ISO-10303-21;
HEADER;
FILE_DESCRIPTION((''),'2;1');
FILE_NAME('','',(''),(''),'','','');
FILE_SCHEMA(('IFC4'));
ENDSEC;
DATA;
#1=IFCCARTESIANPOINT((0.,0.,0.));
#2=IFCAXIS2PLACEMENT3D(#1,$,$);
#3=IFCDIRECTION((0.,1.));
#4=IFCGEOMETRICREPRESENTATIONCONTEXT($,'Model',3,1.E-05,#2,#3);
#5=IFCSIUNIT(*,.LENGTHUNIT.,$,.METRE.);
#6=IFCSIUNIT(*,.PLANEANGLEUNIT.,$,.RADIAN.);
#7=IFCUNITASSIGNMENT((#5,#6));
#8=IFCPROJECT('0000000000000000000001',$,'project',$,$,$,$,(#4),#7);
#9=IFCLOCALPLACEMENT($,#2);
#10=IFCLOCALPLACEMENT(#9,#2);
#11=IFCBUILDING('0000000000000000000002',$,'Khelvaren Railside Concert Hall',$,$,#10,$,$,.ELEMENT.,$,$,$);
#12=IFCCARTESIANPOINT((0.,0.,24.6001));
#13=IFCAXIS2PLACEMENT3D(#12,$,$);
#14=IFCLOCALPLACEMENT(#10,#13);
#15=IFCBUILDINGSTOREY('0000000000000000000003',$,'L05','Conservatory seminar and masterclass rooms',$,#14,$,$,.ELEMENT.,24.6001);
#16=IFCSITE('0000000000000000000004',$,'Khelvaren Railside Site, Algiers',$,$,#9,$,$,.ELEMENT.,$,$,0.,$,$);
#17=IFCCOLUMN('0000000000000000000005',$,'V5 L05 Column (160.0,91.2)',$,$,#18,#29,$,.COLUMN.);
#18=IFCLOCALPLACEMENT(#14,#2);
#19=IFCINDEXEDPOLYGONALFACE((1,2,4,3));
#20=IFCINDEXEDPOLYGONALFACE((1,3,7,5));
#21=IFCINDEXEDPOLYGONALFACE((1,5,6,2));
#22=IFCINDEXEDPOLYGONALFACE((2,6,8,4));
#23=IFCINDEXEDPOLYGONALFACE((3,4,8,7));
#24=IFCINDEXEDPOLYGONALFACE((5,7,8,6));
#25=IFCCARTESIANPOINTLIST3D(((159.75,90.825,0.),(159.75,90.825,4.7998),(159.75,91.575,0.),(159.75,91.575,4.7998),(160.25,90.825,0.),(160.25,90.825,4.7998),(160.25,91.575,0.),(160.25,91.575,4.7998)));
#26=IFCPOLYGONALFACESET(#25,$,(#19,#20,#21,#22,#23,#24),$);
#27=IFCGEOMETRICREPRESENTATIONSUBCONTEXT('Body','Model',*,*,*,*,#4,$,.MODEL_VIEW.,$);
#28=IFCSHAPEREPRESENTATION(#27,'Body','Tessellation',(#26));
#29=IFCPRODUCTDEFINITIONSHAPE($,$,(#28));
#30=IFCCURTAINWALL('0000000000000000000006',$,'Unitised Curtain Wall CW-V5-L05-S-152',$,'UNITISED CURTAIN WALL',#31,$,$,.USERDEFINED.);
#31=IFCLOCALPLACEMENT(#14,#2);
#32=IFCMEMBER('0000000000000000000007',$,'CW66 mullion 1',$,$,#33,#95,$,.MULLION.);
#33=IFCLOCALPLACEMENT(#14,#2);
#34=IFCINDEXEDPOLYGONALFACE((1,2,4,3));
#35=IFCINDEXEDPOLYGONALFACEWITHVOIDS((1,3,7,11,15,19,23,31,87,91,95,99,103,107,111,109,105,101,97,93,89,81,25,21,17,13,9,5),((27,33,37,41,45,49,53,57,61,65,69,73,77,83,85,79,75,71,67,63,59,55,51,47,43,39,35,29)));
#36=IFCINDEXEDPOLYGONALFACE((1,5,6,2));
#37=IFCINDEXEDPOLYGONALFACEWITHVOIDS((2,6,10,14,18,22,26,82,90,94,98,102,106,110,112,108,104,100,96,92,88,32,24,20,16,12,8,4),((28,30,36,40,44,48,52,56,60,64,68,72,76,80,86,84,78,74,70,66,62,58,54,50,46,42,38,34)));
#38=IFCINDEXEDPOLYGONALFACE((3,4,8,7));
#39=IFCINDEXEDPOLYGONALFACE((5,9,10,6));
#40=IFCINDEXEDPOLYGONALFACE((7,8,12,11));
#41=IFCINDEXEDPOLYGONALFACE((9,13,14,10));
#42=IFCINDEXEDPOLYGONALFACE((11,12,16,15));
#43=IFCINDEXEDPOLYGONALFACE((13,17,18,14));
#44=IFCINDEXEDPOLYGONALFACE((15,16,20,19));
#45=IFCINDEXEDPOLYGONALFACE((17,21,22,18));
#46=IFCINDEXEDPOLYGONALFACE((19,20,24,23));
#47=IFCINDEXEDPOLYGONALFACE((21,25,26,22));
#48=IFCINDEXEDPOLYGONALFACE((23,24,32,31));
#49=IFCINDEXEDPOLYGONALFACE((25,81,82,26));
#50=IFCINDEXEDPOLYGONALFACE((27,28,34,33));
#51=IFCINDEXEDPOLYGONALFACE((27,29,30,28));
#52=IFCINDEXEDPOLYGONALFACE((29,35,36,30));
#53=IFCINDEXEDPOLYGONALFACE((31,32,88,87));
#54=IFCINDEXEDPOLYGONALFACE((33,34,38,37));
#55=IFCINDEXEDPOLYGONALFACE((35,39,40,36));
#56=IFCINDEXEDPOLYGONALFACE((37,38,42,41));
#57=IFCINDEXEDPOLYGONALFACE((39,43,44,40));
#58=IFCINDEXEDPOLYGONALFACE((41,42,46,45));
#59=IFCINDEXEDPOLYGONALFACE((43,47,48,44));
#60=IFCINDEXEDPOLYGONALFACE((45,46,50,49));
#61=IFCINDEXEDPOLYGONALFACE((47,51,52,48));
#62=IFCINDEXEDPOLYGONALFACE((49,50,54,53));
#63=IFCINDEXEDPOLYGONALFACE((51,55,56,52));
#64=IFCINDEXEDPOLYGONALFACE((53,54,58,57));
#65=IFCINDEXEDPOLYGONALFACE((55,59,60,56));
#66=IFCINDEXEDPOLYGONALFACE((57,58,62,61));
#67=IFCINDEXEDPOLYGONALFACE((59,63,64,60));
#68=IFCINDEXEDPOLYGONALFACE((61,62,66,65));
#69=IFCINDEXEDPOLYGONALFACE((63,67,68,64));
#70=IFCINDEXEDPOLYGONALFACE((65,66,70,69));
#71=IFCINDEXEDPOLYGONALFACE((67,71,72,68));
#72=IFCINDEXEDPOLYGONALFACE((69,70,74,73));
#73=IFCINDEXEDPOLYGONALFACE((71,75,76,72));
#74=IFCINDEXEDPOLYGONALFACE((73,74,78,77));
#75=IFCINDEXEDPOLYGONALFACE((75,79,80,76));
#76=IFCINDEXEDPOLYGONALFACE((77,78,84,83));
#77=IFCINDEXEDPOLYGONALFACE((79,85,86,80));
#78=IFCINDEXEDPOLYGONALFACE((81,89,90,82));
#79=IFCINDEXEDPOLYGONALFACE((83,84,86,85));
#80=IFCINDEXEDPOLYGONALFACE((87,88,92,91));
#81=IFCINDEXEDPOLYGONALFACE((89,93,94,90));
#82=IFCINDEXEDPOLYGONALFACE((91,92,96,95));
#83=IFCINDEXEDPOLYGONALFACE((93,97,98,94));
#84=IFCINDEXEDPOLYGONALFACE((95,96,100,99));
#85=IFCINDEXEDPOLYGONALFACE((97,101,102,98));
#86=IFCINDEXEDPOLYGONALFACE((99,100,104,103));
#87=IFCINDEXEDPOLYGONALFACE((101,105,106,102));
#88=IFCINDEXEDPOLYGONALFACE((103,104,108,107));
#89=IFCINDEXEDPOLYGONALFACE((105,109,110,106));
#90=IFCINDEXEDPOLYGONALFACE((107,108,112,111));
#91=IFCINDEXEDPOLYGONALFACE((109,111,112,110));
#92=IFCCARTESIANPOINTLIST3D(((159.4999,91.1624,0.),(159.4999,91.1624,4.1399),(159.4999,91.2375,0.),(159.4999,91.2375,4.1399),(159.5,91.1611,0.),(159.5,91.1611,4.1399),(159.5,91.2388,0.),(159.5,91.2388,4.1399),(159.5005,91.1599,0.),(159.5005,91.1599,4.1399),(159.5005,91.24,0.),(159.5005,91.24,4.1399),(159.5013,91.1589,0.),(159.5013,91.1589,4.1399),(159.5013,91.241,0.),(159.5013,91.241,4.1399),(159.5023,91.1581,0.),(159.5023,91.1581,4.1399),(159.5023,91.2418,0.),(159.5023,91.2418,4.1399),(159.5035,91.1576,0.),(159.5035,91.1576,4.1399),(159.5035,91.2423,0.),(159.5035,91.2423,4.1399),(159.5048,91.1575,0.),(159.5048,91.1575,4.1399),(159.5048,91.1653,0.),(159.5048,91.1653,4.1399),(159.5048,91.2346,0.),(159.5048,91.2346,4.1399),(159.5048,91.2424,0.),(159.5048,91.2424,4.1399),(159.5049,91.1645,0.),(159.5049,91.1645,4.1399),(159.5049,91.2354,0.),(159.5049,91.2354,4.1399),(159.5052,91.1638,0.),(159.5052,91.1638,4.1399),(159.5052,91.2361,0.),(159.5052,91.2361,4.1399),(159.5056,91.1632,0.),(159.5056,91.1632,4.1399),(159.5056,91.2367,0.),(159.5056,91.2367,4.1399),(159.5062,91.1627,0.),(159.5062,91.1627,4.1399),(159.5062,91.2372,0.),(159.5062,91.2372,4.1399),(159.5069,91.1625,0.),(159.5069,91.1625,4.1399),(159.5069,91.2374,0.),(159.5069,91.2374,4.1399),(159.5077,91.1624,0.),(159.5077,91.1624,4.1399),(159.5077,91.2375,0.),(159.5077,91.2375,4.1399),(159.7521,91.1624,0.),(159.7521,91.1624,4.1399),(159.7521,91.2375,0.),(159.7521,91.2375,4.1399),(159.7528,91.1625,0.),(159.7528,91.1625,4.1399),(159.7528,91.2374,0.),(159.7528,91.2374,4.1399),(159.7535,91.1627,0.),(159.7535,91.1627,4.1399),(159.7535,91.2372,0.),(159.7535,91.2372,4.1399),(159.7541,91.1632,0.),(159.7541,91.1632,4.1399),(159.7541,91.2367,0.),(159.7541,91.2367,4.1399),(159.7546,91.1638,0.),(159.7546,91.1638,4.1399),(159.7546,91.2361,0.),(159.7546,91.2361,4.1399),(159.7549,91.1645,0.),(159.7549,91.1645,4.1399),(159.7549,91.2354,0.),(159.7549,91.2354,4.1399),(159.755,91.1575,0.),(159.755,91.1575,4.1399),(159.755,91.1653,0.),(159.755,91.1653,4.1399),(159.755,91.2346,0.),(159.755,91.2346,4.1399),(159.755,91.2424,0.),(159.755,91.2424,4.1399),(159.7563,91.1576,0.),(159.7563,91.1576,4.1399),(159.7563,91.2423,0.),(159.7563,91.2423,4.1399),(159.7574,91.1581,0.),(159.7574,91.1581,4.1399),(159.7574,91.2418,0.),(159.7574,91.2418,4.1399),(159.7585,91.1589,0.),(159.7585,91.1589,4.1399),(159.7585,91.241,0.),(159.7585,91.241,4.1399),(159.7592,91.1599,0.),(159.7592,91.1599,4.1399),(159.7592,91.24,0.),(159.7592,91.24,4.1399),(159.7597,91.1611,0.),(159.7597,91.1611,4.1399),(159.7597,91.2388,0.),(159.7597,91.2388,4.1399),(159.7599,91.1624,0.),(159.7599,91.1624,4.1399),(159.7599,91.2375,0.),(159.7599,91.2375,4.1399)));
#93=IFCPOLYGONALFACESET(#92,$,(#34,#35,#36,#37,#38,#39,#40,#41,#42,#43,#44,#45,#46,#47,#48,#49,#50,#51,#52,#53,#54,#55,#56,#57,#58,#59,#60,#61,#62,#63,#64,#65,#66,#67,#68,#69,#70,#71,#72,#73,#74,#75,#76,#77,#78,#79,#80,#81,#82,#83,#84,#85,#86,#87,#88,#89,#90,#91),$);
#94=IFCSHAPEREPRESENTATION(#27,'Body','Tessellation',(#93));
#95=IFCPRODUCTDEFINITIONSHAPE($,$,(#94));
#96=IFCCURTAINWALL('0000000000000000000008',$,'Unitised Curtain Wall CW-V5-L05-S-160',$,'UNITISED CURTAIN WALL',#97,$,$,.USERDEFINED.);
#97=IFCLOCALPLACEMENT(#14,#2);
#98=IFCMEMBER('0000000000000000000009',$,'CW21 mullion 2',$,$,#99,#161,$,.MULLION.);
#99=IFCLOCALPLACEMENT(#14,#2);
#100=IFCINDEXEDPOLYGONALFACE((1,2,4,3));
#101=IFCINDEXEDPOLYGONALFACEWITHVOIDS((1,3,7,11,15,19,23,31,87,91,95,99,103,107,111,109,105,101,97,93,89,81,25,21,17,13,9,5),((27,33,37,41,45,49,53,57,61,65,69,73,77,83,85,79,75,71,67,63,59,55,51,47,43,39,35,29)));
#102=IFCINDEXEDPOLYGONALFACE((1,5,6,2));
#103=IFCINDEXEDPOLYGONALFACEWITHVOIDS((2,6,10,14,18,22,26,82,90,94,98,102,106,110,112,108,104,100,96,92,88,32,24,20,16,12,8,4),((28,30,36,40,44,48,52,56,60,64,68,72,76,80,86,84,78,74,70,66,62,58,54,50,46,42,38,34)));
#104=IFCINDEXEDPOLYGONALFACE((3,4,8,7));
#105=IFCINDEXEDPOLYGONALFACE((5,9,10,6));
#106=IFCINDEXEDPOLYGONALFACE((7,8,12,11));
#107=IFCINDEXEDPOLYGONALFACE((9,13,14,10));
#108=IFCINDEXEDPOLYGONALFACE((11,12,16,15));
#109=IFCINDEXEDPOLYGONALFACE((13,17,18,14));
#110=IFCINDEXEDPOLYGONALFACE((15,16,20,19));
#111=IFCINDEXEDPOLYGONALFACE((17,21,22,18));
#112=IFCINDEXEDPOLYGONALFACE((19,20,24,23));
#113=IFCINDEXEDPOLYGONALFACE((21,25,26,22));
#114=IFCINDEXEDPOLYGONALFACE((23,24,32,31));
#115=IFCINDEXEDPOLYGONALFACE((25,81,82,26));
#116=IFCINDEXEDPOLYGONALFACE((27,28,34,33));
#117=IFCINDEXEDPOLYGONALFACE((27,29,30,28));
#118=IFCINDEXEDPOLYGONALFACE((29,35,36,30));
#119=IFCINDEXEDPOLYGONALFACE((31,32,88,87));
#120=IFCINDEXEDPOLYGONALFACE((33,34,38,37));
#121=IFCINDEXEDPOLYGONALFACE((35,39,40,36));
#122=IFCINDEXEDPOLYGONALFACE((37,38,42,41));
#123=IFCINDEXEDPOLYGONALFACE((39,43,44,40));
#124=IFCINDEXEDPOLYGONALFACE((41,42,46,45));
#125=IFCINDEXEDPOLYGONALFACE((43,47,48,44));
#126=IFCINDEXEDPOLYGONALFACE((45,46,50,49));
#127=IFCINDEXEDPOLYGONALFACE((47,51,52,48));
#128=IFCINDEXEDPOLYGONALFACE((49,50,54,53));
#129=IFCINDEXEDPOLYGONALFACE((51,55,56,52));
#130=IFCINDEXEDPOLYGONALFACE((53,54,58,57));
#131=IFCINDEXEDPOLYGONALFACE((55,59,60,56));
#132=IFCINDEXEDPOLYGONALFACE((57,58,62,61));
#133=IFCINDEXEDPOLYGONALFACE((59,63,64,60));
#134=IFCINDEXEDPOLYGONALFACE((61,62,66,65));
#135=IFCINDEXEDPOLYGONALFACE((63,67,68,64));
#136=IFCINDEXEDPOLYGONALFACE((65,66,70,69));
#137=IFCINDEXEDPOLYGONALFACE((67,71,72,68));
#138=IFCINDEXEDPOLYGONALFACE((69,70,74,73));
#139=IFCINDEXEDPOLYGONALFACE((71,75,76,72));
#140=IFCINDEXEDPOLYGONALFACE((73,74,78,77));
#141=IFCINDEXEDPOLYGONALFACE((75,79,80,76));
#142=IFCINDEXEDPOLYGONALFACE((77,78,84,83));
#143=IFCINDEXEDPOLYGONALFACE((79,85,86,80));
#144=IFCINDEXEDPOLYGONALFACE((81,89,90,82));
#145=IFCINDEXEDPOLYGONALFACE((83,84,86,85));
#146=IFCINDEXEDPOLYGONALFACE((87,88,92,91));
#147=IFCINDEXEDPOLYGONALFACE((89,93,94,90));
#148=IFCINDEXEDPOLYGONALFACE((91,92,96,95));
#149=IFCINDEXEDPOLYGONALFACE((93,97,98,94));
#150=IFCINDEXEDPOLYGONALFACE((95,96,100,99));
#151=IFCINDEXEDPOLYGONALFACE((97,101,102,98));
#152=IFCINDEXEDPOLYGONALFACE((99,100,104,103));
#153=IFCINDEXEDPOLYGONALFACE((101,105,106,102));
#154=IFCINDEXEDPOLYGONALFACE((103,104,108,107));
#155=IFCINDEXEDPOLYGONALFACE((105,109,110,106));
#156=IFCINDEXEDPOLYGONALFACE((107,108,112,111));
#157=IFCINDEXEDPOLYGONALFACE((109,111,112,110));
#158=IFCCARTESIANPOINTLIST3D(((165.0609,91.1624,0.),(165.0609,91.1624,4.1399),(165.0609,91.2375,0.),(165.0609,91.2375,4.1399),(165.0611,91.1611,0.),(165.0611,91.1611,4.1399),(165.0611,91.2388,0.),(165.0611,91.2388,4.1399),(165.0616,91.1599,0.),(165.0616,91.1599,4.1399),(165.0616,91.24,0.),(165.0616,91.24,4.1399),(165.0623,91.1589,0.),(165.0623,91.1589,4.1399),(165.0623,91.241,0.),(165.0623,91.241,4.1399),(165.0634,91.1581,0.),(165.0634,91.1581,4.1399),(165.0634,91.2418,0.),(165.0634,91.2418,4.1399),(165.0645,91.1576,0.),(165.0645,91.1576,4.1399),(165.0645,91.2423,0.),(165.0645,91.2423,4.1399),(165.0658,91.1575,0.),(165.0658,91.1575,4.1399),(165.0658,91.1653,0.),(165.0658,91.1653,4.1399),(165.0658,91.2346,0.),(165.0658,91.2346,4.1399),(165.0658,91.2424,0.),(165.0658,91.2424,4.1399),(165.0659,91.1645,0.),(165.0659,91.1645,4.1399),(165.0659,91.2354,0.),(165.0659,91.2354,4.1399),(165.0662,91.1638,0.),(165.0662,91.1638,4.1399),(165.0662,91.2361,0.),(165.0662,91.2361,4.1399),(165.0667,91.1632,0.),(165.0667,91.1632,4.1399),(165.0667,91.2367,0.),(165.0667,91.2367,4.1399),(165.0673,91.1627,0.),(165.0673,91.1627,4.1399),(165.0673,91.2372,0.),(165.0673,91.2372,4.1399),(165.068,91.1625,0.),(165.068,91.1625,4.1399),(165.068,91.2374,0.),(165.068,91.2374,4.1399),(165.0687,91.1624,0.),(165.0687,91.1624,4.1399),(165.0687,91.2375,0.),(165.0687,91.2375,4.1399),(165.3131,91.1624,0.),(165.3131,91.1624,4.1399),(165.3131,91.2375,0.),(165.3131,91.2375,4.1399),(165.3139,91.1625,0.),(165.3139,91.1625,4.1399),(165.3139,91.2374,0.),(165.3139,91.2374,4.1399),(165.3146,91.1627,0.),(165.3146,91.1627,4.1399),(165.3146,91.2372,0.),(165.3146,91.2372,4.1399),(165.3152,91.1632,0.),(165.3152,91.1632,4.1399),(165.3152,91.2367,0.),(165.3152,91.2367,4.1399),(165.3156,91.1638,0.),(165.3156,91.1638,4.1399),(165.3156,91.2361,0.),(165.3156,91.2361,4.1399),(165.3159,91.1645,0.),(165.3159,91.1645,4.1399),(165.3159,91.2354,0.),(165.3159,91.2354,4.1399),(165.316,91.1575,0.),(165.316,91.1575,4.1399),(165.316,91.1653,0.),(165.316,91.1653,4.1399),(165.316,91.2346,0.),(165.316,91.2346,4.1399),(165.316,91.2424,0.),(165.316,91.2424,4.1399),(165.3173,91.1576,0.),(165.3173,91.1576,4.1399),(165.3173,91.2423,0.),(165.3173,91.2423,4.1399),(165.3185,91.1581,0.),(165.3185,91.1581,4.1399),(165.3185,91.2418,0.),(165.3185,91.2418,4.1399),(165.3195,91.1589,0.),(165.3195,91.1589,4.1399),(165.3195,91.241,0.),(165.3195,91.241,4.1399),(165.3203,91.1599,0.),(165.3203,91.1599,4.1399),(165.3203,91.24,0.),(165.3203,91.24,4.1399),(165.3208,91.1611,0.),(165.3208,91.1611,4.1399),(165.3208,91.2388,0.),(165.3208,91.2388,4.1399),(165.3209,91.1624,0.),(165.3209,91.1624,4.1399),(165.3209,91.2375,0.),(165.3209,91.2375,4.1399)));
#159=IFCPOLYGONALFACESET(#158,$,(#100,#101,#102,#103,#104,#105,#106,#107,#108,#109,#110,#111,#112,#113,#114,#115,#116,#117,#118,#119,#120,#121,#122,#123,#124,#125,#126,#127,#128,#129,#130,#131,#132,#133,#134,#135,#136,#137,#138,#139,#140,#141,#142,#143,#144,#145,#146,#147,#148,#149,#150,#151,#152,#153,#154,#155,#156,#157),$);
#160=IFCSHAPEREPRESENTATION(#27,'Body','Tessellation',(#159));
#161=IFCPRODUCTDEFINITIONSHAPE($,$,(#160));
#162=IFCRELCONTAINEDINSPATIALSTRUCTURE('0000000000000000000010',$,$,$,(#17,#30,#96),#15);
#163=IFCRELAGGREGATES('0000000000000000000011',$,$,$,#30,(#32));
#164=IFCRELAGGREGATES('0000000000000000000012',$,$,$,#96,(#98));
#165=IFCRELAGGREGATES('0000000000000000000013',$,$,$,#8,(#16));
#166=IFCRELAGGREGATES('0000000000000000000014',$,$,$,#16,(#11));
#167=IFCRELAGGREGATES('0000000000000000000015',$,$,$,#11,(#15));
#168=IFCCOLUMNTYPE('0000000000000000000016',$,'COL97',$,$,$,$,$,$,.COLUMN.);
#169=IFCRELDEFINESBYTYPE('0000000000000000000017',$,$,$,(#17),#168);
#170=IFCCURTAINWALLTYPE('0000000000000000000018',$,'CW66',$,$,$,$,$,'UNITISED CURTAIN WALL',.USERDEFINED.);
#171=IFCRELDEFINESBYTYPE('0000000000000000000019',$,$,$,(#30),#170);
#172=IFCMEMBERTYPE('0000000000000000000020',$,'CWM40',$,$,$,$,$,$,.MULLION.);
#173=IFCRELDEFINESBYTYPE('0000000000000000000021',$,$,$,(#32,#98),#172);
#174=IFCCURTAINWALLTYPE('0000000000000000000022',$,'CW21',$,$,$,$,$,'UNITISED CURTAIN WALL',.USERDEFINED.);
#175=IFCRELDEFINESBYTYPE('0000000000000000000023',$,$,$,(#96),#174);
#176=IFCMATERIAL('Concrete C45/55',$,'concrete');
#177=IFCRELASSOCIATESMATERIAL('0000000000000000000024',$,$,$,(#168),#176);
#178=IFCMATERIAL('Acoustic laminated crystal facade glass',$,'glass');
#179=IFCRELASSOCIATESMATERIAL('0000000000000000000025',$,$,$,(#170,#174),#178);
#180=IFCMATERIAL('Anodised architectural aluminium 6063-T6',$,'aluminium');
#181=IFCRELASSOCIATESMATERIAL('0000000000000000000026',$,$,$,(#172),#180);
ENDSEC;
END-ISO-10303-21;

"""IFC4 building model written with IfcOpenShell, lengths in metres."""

from ifc_helpers import new_model, si_unit, direction, frame, origin, origin_2d, place, context, subcontext, project, spatial, rectangle, hollow_rectangle, extrude, material, material_profile, profile_set, type_object, element, aggregate, save


model = new_model("IFC4")

# Units and contexts
model_context = context("Model", 3, precision=1e-05, world=origin(), true_north=direction((0.0, 1.0)))
body_context = subcontext(model_context, "Body", "Model", "MODEL_VIEW")
ifc_project = project(units=[si_unit("LENGTHUNIT", "METRE"), si_unit("PLANEANGLEUNIT", "RADIAN")], contexts=[model_context])

# Site, building, storey
site_placement = place(None, origin())
site = spatial("IfcSite", under=ifc_project, at=site_placement, Name="Khelvaren Railside Site, Algiers", CompositionType="ELEMENT", RefElevation=0.0)
building_placement = place(site_placement, origin())
building = spatial("IfcBuilding", under=site, at=building_placement, Name="Khelvaren Railside Concert Hall", CompositionType="ELEMENT")
storey_placement = place(building_placement, frame((0.0, 0.0, 24.6001)))
storey = spatial("IfcBuildingStorey", under=building, at=storey_placement, Name="L05", Description="Conservatory seminar and masterclass rooms", CompositionType="ELEMENT", Elevation=24.6001)

# Column
ifc_material_1 = material(Name="Concrete C45/55", Category="concrete")
ifc_material_profile_1 = material_profile(ifc_material_1, rectangle(XDim=0.5, YDim=0.75, at=origin_2d()), Name="RC 500x750")
ifc_profile_set_1 = profile_set([ifc_material_profile_1], Name="Concrete C45/55")
column_type = type_object("IfcColumnType", Name="COL97", PredefinedType="COLUMN", material=ifc_profile_set_1)
column_placement = place(storey_placement, frame((160.0, 91.2, 0.0), z_axis=(0.0, 0.0, 1.0), x_axis=(1.0, 0.0, 0.0)))
element("IfcColumn", 1, at=column_placement, inside=storey, type_object=column_type, Name="V5 L05 Column (160.0,91.2)", PredefinedType="COLUMN", context=body_context, shape_type="SweptSolid", body=[
    extrude(rectangle(XDim=0.5, YDim=0.75, at=origin_2d()), origin(), (0.0, 0.0, 1.0), 4.7998),
])

# Curtain wall, member
ifc_material_2 = material(Name="Acoustic laminated crystal facade glass", Category="glass")
curtain_wall_type_1 = type_object("IfcCurtainWallType", Name="CW66", ElementType="UNITISED CURTAIN WALL", PredefinedType="USERDEFINED", material=ifc_material_2)
curtain_wall_1_placement = place(storey_placement, origin())
curtain_wall_1 = element("IfcCurtainWall", 2, at=curtain_wall_1_placement, inside=storey, type_object=curtain_wall_type_1, Name="Unitised Curtain Wall CW-V5-L05-S-152", ObjectType="UNITISED CURTAIN WALL", PredefinedType="USERDEFINED")
ifc_material_3 = material(Name="Anodised architectural aluminium 6063-T6", Category="aluminium")
ifc_material_profile_2 = material_profile(ifc_material_3, hollow_rectangle(XDim=0.085, YDim=0.26, WallThickness=0.0049, InnerFilletRadius=0.0029, OuterFilletRadius=0.0049, at=origin_2d()), Name="CWM 85x260x5")
ifc_profile_set_2 = profile_set([ifc_material_profile_2], Name="Anodised architectural aluminium 6063-T6")
member_type_1 = type_object("IfcMemberType", Name="CWM40", PredefinedType="MULLION", material=ifc_profile_set_2)
member_1_placement = place(storey_placement, frame((159.6299, 91.2, 0.0), z_axis=(0.0, 0.0, 1.0), x_axis=(0.0, -1.0, 0.0)))
member_1 = element("IfcMember", 3, at=member_1_placement, type_object=member_type_1, Name="CW66 mullion 1", PredefinedType="MULLION", context=body_context, shape_type="SweptSolid", body=[
    extrude(hollow_rectangle(XDim=0.085, YDim=0.26, WallThickness=0.0049, InnerFilletRadius=0.0029, OuterFilletRadius=0.0049, at=origin_2d()), origin(), (0.0, 0.0, 1.0), 4.1399),
])

# Curtain wall, member
curtain_wall_type_2 = type_object("IfcCurtainWallType", Name="CW21", ElementType="UNITISED CURTAIN WALL", PredefinedType="USERDEFINED", material=ifc_material_2)
curtain_wall_2_placement = place(storey_placement, origin())
curtain_wall_2 = element("IfcCurtainWall", 4, at=curtain_wall_2_placement, inside=storey, type_object=curtain_wall_type_2, Name="Unitised Curtain Wall CW-V5-L05-S-160", ObjectType="UNITISED CURTAIN WALL", PredefinedType="USERDEFINED")
member_2_placement = place(storey_placement, frame((165.1909, 91.2, 0.0), z_axis=(0.0, 0.0, 1.0), x_axis=(0.0, -1.0, 0.0)))
member_2 = element("IfcMember", 5, at=member_2_placement, type_object=member_type_1, Name="CW21 mullion 2", PredefinedType="MULLION", context=body_context, shape_type="SweptSolid", body=[
    extrude(hollow_rectangle(XDim=0.085, YDim=0.26, WallThickness=0.0049, InnerFilletRadius=0.0029, OuterFilletRadius=0.0049, at=origin_2d()), origin(), (0.0, 0.0, 1.0), 4.1399),
])

aggregate(curtain_wall_1, [member_1])

aggregate(curtain_wall_2, [member_2])

save(model, "model.ifc")
